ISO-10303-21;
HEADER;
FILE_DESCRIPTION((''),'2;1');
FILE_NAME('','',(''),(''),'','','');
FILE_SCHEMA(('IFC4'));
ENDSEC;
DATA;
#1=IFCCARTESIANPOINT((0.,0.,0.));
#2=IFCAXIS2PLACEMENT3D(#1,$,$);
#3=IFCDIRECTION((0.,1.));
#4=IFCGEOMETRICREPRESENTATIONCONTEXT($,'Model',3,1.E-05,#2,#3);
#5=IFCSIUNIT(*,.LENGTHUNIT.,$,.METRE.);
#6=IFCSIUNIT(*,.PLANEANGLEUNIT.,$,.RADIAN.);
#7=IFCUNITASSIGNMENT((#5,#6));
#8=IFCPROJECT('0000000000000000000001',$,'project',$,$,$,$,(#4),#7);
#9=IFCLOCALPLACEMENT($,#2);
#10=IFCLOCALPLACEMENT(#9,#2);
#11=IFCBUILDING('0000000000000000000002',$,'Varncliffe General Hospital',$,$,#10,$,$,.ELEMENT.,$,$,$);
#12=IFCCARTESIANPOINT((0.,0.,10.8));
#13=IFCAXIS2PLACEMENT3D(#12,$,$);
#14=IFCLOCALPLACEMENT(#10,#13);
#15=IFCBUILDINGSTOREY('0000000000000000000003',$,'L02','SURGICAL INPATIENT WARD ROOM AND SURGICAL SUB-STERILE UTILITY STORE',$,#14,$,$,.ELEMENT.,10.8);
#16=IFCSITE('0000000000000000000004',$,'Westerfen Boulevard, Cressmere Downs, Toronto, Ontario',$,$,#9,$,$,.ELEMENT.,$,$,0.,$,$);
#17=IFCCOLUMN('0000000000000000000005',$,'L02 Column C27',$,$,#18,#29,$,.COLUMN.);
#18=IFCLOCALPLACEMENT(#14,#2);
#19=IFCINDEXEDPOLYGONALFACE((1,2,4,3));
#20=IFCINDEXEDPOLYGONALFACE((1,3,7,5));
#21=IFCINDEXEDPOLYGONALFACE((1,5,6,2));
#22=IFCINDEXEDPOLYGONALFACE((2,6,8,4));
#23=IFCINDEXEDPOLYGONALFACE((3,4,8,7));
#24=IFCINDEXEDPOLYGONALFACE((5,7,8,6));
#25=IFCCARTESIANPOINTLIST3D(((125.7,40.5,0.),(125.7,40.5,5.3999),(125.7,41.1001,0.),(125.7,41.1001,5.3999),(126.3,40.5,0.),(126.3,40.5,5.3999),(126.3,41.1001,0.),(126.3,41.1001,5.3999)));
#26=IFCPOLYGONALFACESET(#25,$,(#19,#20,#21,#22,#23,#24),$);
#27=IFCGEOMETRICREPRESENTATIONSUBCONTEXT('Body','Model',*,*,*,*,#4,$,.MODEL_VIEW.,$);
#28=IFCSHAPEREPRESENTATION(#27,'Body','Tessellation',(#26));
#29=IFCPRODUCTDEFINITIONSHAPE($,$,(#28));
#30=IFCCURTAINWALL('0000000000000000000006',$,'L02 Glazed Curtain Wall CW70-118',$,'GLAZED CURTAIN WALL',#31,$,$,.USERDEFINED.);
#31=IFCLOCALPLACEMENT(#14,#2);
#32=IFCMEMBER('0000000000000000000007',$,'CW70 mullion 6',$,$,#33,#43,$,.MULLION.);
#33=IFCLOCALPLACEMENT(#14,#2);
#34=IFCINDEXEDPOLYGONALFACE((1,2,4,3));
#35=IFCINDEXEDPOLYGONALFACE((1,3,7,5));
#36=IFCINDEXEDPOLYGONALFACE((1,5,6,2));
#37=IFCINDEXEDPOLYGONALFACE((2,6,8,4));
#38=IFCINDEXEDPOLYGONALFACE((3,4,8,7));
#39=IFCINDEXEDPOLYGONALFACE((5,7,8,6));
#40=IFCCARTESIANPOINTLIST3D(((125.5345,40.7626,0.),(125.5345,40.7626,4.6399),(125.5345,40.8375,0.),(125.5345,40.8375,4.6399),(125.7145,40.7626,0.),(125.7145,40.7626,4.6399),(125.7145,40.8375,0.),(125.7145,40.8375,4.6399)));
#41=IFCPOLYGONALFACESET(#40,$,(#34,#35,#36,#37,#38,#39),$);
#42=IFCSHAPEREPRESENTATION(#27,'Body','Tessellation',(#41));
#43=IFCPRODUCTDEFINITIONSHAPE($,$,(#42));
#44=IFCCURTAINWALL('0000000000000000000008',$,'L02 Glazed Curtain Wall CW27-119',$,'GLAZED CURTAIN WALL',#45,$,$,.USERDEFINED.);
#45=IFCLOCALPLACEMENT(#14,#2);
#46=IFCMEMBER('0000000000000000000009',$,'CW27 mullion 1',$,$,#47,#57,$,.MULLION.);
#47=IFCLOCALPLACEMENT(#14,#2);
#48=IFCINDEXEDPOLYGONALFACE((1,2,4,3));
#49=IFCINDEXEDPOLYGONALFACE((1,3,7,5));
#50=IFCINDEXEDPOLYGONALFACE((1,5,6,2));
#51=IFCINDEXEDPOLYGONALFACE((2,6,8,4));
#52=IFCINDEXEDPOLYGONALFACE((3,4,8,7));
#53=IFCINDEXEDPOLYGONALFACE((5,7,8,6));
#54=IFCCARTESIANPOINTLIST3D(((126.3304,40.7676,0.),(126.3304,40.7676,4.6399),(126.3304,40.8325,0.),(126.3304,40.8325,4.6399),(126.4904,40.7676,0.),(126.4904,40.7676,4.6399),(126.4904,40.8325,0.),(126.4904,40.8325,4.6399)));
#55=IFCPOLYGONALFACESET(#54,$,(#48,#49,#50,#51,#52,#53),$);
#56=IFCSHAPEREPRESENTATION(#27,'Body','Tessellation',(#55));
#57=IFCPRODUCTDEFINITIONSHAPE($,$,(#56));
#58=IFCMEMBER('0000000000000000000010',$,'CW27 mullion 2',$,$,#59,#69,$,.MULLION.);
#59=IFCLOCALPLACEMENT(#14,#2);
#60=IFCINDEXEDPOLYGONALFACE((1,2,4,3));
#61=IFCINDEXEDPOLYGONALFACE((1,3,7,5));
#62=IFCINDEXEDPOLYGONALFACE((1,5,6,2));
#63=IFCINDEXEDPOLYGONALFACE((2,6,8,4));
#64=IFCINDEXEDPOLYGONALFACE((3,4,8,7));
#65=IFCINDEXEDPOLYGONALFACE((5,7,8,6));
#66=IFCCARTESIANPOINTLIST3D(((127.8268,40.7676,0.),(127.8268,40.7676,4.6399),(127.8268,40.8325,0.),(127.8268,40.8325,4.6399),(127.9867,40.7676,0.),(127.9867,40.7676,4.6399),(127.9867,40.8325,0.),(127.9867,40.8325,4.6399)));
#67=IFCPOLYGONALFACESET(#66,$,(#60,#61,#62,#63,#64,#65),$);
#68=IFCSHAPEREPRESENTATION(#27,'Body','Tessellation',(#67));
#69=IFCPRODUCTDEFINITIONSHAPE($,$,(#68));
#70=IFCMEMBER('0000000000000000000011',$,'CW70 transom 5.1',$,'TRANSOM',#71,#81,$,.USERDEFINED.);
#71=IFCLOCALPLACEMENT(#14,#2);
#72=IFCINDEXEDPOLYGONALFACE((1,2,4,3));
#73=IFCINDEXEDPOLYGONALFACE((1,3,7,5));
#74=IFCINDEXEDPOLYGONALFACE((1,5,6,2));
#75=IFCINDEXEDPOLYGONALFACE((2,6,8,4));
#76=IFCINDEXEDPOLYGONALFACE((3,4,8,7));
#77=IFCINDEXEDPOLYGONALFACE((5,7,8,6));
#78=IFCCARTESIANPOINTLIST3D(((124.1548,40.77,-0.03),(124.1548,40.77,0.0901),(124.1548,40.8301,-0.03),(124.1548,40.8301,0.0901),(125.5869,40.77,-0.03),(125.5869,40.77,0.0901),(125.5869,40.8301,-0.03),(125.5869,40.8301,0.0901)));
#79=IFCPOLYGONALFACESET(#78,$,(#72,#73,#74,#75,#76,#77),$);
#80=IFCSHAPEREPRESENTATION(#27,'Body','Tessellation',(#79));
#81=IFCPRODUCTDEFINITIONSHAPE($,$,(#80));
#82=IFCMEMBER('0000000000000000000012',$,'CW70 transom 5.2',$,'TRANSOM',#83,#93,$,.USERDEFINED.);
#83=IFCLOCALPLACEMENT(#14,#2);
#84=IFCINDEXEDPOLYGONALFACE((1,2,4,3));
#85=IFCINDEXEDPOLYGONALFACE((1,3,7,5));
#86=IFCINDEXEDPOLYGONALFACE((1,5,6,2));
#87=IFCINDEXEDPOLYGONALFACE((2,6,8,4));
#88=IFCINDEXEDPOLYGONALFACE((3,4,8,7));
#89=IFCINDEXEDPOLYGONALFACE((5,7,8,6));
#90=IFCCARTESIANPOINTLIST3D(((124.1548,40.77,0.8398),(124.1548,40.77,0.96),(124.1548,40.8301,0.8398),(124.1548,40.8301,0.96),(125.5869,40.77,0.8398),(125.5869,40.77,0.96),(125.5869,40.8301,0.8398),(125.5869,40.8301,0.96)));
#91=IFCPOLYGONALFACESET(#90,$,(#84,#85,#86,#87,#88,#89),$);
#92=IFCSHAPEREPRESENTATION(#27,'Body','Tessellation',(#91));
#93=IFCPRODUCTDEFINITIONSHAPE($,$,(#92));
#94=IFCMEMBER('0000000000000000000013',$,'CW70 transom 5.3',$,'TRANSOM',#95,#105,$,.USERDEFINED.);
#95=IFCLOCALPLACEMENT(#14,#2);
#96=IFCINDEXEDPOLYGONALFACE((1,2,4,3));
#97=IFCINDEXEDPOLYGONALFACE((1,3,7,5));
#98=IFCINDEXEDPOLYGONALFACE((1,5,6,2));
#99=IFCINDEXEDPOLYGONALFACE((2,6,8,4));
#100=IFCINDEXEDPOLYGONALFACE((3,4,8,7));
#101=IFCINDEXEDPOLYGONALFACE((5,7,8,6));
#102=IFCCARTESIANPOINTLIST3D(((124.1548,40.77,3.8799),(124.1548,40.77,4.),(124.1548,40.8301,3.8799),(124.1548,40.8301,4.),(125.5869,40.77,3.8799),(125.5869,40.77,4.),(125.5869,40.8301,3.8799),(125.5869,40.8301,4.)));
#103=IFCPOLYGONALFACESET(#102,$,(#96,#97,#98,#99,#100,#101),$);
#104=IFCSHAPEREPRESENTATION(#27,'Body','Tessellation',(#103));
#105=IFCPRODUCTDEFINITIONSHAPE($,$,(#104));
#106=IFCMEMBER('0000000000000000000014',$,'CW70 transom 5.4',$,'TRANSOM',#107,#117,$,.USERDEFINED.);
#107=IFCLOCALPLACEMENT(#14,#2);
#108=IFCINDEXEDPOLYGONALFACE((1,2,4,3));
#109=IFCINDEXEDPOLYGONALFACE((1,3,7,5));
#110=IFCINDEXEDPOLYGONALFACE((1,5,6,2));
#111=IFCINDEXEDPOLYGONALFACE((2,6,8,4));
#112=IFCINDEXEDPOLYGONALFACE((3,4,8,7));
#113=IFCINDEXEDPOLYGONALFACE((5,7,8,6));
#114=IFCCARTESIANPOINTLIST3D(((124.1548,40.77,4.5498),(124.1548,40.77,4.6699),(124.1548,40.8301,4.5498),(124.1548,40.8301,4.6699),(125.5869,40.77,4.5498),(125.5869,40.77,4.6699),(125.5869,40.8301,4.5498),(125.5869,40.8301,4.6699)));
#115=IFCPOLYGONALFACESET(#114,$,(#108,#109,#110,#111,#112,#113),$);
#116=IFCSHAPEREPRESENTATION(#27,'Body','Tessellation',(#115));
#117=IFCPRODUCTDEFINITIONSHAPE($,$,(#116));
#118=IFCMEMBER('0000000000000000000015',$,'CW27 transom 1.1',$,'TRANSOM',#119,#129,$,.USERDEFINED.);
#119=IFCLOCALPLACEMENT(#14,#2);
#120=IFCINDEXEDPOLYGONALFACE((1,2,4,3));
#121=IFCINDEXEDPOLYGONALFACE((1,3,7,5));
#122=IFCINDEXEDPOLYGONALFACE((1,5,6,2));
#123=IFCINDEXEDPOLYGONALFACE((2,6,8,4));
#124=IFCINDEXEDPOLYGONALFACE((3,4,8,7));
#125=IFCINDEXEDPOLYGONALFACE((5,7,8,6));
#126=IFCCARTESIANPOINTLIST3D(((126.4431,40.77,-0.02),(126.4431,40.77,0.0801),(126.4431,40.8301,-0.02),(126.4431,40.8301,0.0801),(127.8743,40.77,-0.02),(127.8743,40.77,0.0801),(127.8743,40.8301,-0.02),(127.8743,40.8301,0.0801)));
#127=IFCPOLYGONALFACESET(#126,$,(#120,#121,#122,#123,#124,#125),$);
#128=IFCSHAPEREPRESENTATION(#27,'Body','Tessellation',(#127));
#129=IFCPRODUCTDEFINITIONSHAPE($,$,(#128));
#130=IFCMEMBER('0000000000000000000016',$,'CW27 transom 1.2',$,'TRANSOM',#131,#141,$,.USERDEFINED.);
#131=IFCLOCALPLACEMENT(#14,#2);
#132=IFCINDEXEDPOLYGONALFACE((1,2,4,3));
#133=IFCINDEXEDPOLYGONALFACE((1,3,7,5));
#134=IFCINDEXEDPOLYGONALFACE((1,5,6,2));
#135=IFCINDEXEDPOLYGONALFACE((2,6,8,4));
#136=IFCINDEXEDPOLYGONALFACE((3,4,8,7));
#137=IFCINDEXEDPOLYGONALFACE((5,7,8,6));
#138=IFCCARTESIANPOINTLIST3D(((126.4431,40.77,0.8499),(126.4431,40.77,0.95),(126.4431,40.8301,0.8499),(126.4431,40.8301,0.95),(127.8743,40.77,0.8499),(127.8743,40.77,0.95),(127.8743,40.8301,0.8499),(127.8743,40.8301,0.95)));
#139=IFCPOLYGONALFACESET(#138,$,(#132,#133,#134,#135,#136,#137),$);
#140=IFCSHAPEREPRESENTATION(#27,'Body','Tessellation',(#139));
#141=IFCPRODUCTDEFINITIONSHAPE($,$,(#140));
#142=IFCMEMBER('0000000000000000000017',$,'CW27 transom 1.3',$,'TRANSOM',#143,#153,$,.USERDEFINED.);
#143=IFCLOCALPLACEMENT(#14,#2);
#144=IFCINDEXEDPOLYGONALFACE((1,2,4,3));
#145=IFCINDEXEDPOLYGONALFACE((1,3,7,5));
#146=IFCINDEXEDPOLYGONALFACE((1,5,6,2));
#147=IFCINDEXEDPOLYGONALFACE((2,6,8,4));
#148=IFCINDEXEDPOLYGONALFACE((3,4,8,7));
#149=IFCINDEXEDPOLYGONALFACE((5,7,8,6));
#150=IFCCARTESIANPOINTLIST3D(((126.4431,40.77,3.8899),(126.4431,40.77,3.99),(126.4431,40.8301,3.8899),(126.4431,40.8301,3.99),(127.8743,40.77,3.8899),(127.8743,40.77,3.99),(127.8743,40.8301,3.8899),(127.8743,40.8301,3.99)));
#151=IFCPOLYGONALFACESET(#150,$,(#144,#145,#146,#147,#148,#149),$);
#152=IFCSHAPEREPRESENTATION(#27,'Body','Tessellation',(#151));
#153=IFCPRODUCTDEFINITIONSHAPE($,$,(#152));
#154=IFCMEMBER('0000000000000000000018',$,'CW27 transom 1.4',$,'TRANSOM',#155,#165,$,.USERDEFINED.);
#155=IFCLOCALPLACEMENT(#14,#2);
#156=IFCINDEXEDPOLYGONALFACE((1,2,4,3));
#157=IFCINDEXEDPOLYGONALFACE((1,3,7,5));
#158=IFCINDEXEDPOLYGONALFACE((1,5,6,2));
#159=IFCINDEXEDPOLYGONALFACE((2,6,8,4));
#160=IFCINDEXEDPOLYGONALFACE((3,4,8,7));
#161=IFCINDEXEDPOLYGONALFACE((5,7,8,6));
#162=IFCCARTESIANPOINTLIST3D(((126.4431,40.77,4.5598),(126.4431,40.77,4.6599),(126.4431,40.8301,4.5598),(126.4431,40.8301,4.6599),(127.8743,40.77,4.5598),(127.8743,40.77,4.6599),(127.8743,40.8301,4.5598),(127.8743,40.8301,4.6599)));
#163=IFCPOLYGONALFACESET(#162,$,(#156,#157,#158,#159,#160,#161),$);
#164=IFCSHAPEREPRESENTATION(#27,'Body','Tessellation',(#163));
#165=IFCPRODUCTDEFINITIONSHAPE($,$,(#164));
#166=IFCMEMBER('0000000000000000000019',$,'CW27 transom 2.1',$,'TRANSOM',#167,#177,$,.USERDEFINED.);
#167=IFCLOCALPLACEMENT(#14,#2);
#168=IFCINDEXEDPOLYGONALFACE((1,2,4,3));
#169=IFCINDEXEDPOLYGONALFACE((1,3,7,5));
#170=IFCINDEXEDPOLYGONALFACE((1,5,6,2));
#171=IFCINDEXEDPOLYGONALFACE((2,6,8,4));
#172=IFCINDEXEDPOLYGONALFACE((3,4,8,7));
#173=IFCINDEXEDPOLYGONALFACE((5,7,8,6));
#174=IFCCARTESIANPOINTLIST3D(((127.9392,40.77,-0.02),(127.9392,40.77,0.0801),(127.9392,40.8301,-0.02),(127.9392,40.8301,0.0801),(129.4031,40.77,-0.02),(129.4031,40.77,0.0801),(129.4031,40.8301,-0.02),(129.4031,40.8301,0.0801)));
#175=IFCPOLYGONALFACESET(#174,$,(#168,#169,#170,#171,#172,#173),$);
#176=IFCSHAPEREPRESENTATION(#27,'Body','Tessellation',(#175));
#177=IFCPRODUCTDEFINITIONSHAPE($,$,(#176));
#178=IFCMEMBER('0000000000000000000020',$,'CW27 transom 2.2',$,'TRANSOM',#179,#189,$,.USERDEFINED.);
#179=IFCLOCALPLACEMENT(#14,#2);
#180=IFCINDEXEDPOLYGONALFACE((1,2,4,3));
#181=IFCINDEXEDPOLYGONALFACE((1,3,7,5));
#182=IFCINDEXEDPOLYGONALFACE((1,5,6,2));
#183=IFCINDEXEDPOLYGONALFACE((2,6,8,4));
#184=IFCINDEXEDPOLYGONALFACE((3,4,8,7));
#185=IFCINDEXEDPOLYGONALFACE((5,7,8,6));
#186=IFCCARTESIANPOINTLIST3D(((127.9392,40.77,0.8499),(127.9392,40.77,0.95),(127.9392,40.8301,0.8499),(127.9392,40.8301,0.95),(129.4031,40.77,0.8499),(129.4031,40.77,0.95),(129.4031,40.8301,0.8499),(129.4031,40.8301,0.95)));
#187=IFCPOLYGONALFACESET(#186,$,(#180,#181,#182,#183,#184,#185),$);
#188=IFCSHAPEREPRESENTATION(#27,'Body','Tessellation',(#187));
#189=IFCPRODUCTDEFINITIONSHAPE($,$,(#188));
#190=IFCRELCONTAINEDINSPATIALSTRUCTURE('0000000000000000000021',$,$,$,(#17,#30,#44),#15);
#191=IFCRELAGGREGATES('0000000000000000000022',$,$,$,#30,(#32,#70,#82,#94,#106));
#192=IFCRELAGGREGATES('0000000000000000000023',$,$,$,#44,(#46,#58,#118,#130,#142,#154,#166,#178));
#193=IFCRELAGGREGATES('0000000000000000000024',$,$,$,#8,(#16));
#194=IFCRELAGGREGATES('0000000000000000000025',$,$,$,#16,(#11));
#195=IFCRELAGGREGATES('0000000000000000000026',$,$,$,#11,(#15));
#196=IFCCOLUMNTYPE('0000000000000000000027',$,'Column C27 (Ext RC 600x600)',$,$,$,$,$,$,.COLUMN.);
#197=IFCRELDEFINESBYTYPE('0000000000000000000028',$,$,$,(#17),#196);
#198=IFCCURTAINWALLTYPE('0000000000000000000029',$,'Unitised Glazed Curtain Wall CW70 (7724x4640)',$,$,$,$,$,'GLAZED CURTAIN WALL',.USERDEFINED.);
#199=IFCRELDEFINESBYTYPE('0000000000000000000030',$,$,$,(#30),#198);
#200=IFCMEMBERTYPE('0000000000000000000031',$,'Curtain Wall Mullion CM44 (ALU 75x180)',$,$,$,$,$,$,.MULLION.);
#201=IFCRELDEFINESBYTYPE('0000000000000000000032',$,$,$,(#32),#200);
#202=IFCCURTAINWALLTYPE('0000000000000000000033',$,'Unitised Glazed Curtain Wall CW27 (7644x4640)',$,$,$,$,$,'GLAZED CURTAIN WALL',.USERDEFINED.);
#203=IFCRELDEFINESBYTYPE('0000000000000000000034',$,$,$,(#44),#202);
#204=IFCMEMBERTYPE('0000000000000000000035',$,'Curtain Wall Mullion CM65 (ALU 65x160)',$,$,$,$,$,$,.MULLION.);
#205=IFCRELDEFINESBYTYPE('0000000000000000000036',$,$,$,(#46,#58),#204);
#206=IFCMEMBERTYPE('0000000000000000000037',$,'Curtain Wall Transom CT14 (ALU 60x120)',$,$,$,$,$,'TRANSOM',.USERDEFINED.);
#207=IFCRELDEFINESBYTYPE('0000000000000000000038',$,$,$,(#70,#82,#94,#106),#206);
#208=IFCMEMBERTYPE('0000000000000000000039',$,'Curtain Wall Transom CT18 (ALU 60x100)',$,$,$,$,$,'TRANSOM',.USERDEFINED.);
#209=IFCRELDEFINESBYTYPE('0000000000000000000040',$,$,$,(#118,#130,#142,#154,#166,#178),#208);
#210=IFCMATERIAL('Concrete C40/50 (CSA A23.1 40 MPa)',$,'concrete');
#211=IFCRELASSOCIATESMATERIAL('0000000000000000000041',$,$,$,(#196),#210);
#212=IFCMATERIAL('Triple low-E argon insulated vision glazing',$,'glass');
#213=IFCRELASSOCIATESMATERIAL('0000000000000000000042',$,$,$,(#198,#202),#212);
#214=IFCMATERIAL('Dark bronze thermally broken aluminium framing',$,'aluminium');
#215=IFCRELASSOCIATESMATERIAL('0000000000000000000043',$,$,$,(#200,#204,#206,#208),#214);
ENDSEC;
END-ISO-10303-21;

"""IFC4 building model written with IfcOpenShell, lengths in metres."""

from ifc_helpers import new_model, si_unit, direction, frame, origin, origin_2d, place, context, subcontext, project, spatial, rectangle, extrude, material, material_profile, profile_set, type_object, element, aggregate, save


model = new_model("IFC4")

# Units and contexts
model_context = context("Model", 3, precision=1e-05, world=origin(), true_north=direction((0.0, 1.0)))
body_context = subcontext(model_context, "Body", "Model", "MODEL_VIEW")
ifc_project = project(units=[si_unit("LENGTHUNIT", "METRE"), si_unit("PLANEANGLEUNIT", "RADIAN")], contexts=[model_context])

# Site, building, storey
site_placement = place(None, origin())
site = spatial("IfcSite", under=ifc_project, at=site_placement, Name="Westerfen Boulevard, Cressmere Downs, Toronto, Ontario", CompositionType="ELEMENT", RefElevation=0.0)
building_placement = place(site_placement, origin())
building = spatial("IfcBuilding", under=site, at=building_placement, Name="Varncliffe General Hospital", CompositionType="ELEMENT")
storey_placement = place(building_placement, frame((0.0, 0.0, 10.8)))
storey = spatial("IfcBuildingStorey", under=building, at=storey_placement, Name="L02", Description="SURGICAL INPATIENT WARD ROOM AND SURGICAL SUB-STERILE UTILITY STORE", CompositionType="ELEMENT", Elevation=10.8)

# Column
ifc_material_1 = material(Name="Concrete C40/50 (CSA A23.1 40 MPa)", Category="concrete")
ifc_material_profile_1 = material_profile(ifc_material_1, rectangle(XDim=0.6001, YDim=0.6001, at=origin_2d()), Name="RC 600x600")
ifc_profile_set_1 = profile_set([ifc_material_profile_1], Name="Concrete C40/50 (CSA A23.1 40 MPa)")
column_type = type_object("IfcColumnType", Name="Column C27 (Ext RC 600x600)", PredefinedType="COLUMN", material=ifc_profile_set_1)
column_placement = place(storey_placement, frame((126.0, 40.8, 0.0), z_axis=(0.0, 0.0, 1.0), x_axis=(1.0, 0.0, 0.0)))
element("IfcColumn", 1, at=column_placement, inside=storey, type_object=column_type, Name="L02 Column C27", PredefinedType="COLUMN", context=body_context, shape_type="SweptSolid", body=[
    extrude(rectangle(XDim=0.6001, YDim=0.6001, at=origin_2d()), origin(), (0.0, 0.0, 1.0), 5.3999),
])

# Curtain wall, member
ifc_material_2 = material(Name="Triple low-E argon insulated vision glazing", Category="glass")
curtain_wall_type_1 = type_object("IfcCurtainWallType", Name="Unitised Glazed Curtain Wall CW70 (7724x4640)", ElementType="GLAZED CURTAIN WALL", PredefinedType="USERDEFINED", material=ifc_material_2)
curtain_wall_1_placement = place(storey_placement, origin())
curtain_wall_1 = element("IfcCurtainWall", 2, at=curtain_wall_1_placement, inside=storey, type_object=curtain_wall_type_1, Name="L02 Glazed Curtain Wall CW70-118", ObjectType="GLAZED CURTAIN WALL", PredefinedType="USERDEFINED")
ifc_material_3 = material(Name="Dark bronze thermally broken aluminium framing", Category="aluminium")
ifc_material_profile_2 = material_profile(ifc_material_3, rectangle(XDim=0.075, YDim=0.1799, at=origin_2d()), Name="ALU 75x180")
ifc_profile_set_2 = profile_set([ifc_material_profile_2], Name="Dark bronze thermally broken aluminium framing")
member_type_1 = type_object("IfcMemberType", Name="Curtain Wall Mullion CM44 (ALU 75x180)", PredefinedType="MULLION", material=ifc_profile_set_2)
member_1_placement = place(storey_placement, frame((125.6245, 40.8, 0.0), z_axis=(0.0, 0.0, 1.0), x_axis=(0.0, 1.0, 0.0)))
member_1 = element("IfcMember", 3, at=member_1_placement, type_object=member_type_1, Name="CW70 mullion 6", PredefinedType="MULLION", context=body_context, shape_type="SweptSolid", body=[
    extrude(rectangle(XDim=0.075, YDim=0.1799, at=origin_2d()), origin(), (0.0, 0.0, 1.0), 4.6399),
])

# Curtain wall, members
curtain_wall_type_2 = type_object("IfcCurtainWallType", Name="Unitised Glazed Curtain Wall CW27 (7644x4640)", ElementType="GLAZED CURTAIN WALL", PredefinedType="USERDEFINED", material=ifc_material_2)
curtain_wall_2_placement = place(storey_placement, origin())
curtain_wall_2 = element("IfcCurtainWall", 4, at=curtain_wall_2_placement, inside=storey, type_object=curtain_wall_type_2, Name="L02 Glazed Curtain Wall CW27-119", ObjectType="GLAZED CURTAIN WALL", PredefinedType="USERDEFINED")
ifc_material_profile_3 = material_profile(ifc_material_3, rectangle(XDim=0.0649, YDim=0.1599, at=origin_2d()), Name="ALU 65x160")
ifc_profile_set_3 = profile_set([ifc_material_profile_3], Name="Dark bronze thermally broken aluminium framing")
member_type_2 = type_object("IfcMemberType", Name="Curtain Wall Mullion CM65 (ALU 65x160)", PredefinedType="MULLION", material=ifc_profile_set_3)
member_2_placement = place(storey_placement, frame((126.4104, 40.8, 0.0), z_axis=(0.0, 0.0, 1.0), x_axis=(0.0, 1.0, 0.0)))
member_2 = element("IfcMember", 5, at=member_2_placement, type_object=member_type_2, Name="CW27 mullion 1", PredefinedType="MULLION", context=body_context, shape_type="SweptSolid", body=[
    extrude(rectangle(XDim=0.0649, YDim=0.1599, at=origin_2d()), origin(), (0.0, 0.0, 1.0), 4.6399),
])
member_3_placement = place(storey_placement, frame((127.9067, 40.8, 0.0), z_axis=(0.0, 0.0, 1.0), x_axis=(0.0, 1.0, 0.0)))
member_3 = element("IfcMember", 6, at=member_3_placement, type_object=member_type_2, Name="CW27 mullion 2", PredefinedType="MULLION", context=body_context, shape_type="SweptSolid", body=[
    extrude(rectangle(XDim=0.0649, YDim=0.1599, at=origin_2d()), origin(), (0.0, 0.0, 1.0), 4.6399),
])

# Members
ifc_material_profile_4 = material_profile(ifc_material_3, rectangle(XDim=0.0601, YDim=0.1201, at=origin_2d()), Name="ALU 60x120")
ifc_profile_set_4 = profile_set([ifc_material_profile_4], Name="Dark bronze thermally broken aluminium framing")
member_type_3 = type_object("IfcMemberType", Name="Curtain Wall Transom CT14 (ALU 60x120)", ElementType="TRANSOM", PredefinedType="USERDEFINED", material=ifc_profile_set_4)
member_4_placement = place(storey_placement, frame((124.1548, 40.8, 0.03), z_axis=(1.0, 0.0, 0.0), x_axis=(0.0, 1.0, 0.0)))
member_4 = element("IfcMember", 7, at=member_4_placement, type_object=member_type_3, Name="CW70 transom 5.1", ObjectType="TRANSOM", PredefinedType="USERDEFINED", context=body_context, shape_type="SweptSolid", body=[
    extrude(rectangle(XDim=0.0601, YDim=0.1201, at=origin_2d()), origin(), (0.0, 0.0, 1.0), 1.4321),
])
member_5_placement = place(storey_placement, frame((124.1548, 40.8, 0.8999), z_axis=(1.0, 0.0, 0.0), x_axis=(0.0, 1.0, 0.0)))
member_5 = element("IfcMember", 8, at=member_5_placement, type_object=member_type_3, Name="CW70 transom 5.2", ObjectType="TRANSOM", PredefinedType="USERDEFINED", context=body_context, shape_type="SweptSolid", body=[
    extrude(rectangle(XDim=0.0601, YDim=0.1201, at=origin_2d()), origin(), (0.0, 0.0, 1.0), 1.4321),
])
member_6_placement = place(storey_placement, frame((124.1548, 40.8, 3.9399), z_axis=(1.0, 0.0, 0.0), x_axis=(0.0, 1.0, 0.0)))
member_6 = element("IfcMember", 9, at=member_6_placement, type_object=member_type_3, Name="CW70 transom 5.3", ObjectType="TRANSOM", PredefinedType="USERDEFINED", context=body_context, shape_type="SweptSolid", body=[
    extrude(rectangle(XDim=0.0601, YDim=0.1201, at=origin_2d()), origin(), (0.0, 0.0, 1.0), 1.4321),
])
member_7_placement = place(storey_placement, frame((124.1548, 40.8, 4.6099), z_axis=(1.0, 0.0, 0.0), x_axis=(0.0, 1.0, 0.0)))
member_7 = element("IfcMember", 10, at=member_7_placement, type_object=member_type_3, Name="CW70 transom 5.4", ObjectType="TRANSOM", PredefinedType="USERDEFINED", context=body_context, shape_type="SweptSolid", body=[
    extrude(rectangle(XDim=0.0601, YDim=0.1201, at=origin_2d()), origin(), (0.0, 0.0, 1.0), 1.4321),
])
ifc_material_profile_5 = material_profile(ifc_material_3, rectangle(XDim=0.0601, YDim=0.1001, at=origin_2d()), Name="ALU 60x100")
ifc_profile_set_5 = profile_set([ifc_material_profile_5], Name="Dark bronze thermally broken aluminium framing")
member_type_4 = type_object("IfcMemberType", Name="Curtain Wall Transom CT18 (ALU 60x100)", ElementType="TRANSOM", PredefinedType="USERDEFINED", material=ifc_profile_set_5)
member_8_placement = place(storey_placement, frame((126.4431, 40.8, 0.03), z_axis=(1.0, 0.0, 0.0), x_axis=(0.0, 1.0, 0.0)))
member_8 = element("IfcMember", 11, at=member_8_placement, type_object=member_type_4, Name="CW27 transom 1.1", ObjectType="TRANSOM", PredefinedType="USERDEFINED", context=body_context, shape_type="SweptSolid", body=[
    extrude(rectangle(XDim=0.0601, YDim=0.1001, at=origin_2d()), origin(), (0.0, 0.0, 1.0), 1.4312),
])
member_9_placement = place(storey_placement, frame((126.4431, 40.8, 0.8999), z_axis=(1.0, 0.0, 0.0), x_axis=(0.0, 1.0, 0.0)))
member_9 = element("IfcMember", 12, at=member_9_placement, type_object=member_type_4, Name="CW27 transom 1.2", ObjectType="TRANSOM", PredefinedType="USERDEFINED", context=body_context, shape_type="SweptSolid", body=[
    extrude(rectangle(XDim=0.0601, YDim=0.1001, at=origin_2d()), origin(), (0.0, 0.0, 1.0), 1.4312),
])
member_10_placement = place(storey_placement, frame((126.4431, 40.8, 3.9399), z_axis=(1.0, 0.0, 0.0), x_axis=(0.0, 1.0, 0.0)))
member_10 = element("IfcMember", 13, at=member_10_placement, type_object=member_type_4, Name="CW27 transom 1.3", ObjectType="TRANSOM", PredefinedType="USERDEFINED", context=body_context, shape_type="SweptSolid", body=[
    extrude(rectangle(XDim=0.0601, YDim=0.1001, at=origin_2d()), origin(), (0.0, 0.0, 1.0), 1.4312),
])
member_11_placement = place(storey_placement, frame((126.4431, 40.8, 4.6099), z_axis=(1.0, 0.0, 0.0), x_axis=(0.0, 1.0, 0.0)))
member_11 = element("IfcMember", 14, at=member_11_placement, type_object=member_type_4, Name="CW27 transom 1.4", ObjectType="TRANSOM", PredefinedType="USERDEFINED", context=body_context, shape_type="SweptSolid", body=[
    extrude(rectangle(XDim=0.0601, YDim=0.1001, at=origin_2d()), origin(), (0.0, 0.0, 1.0), 1.4312),
])
member_12_placement = place(storey_placement, frame((127.9392, 40.8, 0.03), z_axis=(1.0, 0.0, 0.0), x_axis=(0.0, 1.0, 0.0)))
member_12 = element("IfcMember", 15, at=member_12_placement, type_object=member_type_4, Name="CW27 transom 2.1", ObjectType="TRANSOM", PredefinedType="USERDEFINED", context=body_context, shape_type="SweptSolid", body=[
    extrude(rectangle(XDim=0.0601, YDim=0.1001, at=origin_2d()), origin(), (0.0, 0.0, 1.0), 1.4639),
])
member_13_placement = place(storey_placement, frame((127.9392, 40.8, 0.8999), z_axis=(1.0, 0.0, 0.0), x_axis=(0.0, 1.0, 0.0)))
member_13 = element("IfcMember", 16, at=member_13_placement, type_object=member_type_4, Name="CW27 transom 2.2", ObjectType="TRANSOM", PredefinedType="USERDEFINED", context=body_context, shape_type="SweptSolid", body=[
    extrude(rectangle(XDim=0.0601, YDim=0.1001, at=origin_2d()), origin(), (0.0, 0.0, 1.0), 1.4639),
])

aggregate(curtain_wall_1, [member_1, member_4, member_5, member_6, member_7])
aggregate(curtain_wall_2, [member_2, member_3, member_8, member_9, member_10, member_11, member_12, member_13])

save(model, "model.ifc")
